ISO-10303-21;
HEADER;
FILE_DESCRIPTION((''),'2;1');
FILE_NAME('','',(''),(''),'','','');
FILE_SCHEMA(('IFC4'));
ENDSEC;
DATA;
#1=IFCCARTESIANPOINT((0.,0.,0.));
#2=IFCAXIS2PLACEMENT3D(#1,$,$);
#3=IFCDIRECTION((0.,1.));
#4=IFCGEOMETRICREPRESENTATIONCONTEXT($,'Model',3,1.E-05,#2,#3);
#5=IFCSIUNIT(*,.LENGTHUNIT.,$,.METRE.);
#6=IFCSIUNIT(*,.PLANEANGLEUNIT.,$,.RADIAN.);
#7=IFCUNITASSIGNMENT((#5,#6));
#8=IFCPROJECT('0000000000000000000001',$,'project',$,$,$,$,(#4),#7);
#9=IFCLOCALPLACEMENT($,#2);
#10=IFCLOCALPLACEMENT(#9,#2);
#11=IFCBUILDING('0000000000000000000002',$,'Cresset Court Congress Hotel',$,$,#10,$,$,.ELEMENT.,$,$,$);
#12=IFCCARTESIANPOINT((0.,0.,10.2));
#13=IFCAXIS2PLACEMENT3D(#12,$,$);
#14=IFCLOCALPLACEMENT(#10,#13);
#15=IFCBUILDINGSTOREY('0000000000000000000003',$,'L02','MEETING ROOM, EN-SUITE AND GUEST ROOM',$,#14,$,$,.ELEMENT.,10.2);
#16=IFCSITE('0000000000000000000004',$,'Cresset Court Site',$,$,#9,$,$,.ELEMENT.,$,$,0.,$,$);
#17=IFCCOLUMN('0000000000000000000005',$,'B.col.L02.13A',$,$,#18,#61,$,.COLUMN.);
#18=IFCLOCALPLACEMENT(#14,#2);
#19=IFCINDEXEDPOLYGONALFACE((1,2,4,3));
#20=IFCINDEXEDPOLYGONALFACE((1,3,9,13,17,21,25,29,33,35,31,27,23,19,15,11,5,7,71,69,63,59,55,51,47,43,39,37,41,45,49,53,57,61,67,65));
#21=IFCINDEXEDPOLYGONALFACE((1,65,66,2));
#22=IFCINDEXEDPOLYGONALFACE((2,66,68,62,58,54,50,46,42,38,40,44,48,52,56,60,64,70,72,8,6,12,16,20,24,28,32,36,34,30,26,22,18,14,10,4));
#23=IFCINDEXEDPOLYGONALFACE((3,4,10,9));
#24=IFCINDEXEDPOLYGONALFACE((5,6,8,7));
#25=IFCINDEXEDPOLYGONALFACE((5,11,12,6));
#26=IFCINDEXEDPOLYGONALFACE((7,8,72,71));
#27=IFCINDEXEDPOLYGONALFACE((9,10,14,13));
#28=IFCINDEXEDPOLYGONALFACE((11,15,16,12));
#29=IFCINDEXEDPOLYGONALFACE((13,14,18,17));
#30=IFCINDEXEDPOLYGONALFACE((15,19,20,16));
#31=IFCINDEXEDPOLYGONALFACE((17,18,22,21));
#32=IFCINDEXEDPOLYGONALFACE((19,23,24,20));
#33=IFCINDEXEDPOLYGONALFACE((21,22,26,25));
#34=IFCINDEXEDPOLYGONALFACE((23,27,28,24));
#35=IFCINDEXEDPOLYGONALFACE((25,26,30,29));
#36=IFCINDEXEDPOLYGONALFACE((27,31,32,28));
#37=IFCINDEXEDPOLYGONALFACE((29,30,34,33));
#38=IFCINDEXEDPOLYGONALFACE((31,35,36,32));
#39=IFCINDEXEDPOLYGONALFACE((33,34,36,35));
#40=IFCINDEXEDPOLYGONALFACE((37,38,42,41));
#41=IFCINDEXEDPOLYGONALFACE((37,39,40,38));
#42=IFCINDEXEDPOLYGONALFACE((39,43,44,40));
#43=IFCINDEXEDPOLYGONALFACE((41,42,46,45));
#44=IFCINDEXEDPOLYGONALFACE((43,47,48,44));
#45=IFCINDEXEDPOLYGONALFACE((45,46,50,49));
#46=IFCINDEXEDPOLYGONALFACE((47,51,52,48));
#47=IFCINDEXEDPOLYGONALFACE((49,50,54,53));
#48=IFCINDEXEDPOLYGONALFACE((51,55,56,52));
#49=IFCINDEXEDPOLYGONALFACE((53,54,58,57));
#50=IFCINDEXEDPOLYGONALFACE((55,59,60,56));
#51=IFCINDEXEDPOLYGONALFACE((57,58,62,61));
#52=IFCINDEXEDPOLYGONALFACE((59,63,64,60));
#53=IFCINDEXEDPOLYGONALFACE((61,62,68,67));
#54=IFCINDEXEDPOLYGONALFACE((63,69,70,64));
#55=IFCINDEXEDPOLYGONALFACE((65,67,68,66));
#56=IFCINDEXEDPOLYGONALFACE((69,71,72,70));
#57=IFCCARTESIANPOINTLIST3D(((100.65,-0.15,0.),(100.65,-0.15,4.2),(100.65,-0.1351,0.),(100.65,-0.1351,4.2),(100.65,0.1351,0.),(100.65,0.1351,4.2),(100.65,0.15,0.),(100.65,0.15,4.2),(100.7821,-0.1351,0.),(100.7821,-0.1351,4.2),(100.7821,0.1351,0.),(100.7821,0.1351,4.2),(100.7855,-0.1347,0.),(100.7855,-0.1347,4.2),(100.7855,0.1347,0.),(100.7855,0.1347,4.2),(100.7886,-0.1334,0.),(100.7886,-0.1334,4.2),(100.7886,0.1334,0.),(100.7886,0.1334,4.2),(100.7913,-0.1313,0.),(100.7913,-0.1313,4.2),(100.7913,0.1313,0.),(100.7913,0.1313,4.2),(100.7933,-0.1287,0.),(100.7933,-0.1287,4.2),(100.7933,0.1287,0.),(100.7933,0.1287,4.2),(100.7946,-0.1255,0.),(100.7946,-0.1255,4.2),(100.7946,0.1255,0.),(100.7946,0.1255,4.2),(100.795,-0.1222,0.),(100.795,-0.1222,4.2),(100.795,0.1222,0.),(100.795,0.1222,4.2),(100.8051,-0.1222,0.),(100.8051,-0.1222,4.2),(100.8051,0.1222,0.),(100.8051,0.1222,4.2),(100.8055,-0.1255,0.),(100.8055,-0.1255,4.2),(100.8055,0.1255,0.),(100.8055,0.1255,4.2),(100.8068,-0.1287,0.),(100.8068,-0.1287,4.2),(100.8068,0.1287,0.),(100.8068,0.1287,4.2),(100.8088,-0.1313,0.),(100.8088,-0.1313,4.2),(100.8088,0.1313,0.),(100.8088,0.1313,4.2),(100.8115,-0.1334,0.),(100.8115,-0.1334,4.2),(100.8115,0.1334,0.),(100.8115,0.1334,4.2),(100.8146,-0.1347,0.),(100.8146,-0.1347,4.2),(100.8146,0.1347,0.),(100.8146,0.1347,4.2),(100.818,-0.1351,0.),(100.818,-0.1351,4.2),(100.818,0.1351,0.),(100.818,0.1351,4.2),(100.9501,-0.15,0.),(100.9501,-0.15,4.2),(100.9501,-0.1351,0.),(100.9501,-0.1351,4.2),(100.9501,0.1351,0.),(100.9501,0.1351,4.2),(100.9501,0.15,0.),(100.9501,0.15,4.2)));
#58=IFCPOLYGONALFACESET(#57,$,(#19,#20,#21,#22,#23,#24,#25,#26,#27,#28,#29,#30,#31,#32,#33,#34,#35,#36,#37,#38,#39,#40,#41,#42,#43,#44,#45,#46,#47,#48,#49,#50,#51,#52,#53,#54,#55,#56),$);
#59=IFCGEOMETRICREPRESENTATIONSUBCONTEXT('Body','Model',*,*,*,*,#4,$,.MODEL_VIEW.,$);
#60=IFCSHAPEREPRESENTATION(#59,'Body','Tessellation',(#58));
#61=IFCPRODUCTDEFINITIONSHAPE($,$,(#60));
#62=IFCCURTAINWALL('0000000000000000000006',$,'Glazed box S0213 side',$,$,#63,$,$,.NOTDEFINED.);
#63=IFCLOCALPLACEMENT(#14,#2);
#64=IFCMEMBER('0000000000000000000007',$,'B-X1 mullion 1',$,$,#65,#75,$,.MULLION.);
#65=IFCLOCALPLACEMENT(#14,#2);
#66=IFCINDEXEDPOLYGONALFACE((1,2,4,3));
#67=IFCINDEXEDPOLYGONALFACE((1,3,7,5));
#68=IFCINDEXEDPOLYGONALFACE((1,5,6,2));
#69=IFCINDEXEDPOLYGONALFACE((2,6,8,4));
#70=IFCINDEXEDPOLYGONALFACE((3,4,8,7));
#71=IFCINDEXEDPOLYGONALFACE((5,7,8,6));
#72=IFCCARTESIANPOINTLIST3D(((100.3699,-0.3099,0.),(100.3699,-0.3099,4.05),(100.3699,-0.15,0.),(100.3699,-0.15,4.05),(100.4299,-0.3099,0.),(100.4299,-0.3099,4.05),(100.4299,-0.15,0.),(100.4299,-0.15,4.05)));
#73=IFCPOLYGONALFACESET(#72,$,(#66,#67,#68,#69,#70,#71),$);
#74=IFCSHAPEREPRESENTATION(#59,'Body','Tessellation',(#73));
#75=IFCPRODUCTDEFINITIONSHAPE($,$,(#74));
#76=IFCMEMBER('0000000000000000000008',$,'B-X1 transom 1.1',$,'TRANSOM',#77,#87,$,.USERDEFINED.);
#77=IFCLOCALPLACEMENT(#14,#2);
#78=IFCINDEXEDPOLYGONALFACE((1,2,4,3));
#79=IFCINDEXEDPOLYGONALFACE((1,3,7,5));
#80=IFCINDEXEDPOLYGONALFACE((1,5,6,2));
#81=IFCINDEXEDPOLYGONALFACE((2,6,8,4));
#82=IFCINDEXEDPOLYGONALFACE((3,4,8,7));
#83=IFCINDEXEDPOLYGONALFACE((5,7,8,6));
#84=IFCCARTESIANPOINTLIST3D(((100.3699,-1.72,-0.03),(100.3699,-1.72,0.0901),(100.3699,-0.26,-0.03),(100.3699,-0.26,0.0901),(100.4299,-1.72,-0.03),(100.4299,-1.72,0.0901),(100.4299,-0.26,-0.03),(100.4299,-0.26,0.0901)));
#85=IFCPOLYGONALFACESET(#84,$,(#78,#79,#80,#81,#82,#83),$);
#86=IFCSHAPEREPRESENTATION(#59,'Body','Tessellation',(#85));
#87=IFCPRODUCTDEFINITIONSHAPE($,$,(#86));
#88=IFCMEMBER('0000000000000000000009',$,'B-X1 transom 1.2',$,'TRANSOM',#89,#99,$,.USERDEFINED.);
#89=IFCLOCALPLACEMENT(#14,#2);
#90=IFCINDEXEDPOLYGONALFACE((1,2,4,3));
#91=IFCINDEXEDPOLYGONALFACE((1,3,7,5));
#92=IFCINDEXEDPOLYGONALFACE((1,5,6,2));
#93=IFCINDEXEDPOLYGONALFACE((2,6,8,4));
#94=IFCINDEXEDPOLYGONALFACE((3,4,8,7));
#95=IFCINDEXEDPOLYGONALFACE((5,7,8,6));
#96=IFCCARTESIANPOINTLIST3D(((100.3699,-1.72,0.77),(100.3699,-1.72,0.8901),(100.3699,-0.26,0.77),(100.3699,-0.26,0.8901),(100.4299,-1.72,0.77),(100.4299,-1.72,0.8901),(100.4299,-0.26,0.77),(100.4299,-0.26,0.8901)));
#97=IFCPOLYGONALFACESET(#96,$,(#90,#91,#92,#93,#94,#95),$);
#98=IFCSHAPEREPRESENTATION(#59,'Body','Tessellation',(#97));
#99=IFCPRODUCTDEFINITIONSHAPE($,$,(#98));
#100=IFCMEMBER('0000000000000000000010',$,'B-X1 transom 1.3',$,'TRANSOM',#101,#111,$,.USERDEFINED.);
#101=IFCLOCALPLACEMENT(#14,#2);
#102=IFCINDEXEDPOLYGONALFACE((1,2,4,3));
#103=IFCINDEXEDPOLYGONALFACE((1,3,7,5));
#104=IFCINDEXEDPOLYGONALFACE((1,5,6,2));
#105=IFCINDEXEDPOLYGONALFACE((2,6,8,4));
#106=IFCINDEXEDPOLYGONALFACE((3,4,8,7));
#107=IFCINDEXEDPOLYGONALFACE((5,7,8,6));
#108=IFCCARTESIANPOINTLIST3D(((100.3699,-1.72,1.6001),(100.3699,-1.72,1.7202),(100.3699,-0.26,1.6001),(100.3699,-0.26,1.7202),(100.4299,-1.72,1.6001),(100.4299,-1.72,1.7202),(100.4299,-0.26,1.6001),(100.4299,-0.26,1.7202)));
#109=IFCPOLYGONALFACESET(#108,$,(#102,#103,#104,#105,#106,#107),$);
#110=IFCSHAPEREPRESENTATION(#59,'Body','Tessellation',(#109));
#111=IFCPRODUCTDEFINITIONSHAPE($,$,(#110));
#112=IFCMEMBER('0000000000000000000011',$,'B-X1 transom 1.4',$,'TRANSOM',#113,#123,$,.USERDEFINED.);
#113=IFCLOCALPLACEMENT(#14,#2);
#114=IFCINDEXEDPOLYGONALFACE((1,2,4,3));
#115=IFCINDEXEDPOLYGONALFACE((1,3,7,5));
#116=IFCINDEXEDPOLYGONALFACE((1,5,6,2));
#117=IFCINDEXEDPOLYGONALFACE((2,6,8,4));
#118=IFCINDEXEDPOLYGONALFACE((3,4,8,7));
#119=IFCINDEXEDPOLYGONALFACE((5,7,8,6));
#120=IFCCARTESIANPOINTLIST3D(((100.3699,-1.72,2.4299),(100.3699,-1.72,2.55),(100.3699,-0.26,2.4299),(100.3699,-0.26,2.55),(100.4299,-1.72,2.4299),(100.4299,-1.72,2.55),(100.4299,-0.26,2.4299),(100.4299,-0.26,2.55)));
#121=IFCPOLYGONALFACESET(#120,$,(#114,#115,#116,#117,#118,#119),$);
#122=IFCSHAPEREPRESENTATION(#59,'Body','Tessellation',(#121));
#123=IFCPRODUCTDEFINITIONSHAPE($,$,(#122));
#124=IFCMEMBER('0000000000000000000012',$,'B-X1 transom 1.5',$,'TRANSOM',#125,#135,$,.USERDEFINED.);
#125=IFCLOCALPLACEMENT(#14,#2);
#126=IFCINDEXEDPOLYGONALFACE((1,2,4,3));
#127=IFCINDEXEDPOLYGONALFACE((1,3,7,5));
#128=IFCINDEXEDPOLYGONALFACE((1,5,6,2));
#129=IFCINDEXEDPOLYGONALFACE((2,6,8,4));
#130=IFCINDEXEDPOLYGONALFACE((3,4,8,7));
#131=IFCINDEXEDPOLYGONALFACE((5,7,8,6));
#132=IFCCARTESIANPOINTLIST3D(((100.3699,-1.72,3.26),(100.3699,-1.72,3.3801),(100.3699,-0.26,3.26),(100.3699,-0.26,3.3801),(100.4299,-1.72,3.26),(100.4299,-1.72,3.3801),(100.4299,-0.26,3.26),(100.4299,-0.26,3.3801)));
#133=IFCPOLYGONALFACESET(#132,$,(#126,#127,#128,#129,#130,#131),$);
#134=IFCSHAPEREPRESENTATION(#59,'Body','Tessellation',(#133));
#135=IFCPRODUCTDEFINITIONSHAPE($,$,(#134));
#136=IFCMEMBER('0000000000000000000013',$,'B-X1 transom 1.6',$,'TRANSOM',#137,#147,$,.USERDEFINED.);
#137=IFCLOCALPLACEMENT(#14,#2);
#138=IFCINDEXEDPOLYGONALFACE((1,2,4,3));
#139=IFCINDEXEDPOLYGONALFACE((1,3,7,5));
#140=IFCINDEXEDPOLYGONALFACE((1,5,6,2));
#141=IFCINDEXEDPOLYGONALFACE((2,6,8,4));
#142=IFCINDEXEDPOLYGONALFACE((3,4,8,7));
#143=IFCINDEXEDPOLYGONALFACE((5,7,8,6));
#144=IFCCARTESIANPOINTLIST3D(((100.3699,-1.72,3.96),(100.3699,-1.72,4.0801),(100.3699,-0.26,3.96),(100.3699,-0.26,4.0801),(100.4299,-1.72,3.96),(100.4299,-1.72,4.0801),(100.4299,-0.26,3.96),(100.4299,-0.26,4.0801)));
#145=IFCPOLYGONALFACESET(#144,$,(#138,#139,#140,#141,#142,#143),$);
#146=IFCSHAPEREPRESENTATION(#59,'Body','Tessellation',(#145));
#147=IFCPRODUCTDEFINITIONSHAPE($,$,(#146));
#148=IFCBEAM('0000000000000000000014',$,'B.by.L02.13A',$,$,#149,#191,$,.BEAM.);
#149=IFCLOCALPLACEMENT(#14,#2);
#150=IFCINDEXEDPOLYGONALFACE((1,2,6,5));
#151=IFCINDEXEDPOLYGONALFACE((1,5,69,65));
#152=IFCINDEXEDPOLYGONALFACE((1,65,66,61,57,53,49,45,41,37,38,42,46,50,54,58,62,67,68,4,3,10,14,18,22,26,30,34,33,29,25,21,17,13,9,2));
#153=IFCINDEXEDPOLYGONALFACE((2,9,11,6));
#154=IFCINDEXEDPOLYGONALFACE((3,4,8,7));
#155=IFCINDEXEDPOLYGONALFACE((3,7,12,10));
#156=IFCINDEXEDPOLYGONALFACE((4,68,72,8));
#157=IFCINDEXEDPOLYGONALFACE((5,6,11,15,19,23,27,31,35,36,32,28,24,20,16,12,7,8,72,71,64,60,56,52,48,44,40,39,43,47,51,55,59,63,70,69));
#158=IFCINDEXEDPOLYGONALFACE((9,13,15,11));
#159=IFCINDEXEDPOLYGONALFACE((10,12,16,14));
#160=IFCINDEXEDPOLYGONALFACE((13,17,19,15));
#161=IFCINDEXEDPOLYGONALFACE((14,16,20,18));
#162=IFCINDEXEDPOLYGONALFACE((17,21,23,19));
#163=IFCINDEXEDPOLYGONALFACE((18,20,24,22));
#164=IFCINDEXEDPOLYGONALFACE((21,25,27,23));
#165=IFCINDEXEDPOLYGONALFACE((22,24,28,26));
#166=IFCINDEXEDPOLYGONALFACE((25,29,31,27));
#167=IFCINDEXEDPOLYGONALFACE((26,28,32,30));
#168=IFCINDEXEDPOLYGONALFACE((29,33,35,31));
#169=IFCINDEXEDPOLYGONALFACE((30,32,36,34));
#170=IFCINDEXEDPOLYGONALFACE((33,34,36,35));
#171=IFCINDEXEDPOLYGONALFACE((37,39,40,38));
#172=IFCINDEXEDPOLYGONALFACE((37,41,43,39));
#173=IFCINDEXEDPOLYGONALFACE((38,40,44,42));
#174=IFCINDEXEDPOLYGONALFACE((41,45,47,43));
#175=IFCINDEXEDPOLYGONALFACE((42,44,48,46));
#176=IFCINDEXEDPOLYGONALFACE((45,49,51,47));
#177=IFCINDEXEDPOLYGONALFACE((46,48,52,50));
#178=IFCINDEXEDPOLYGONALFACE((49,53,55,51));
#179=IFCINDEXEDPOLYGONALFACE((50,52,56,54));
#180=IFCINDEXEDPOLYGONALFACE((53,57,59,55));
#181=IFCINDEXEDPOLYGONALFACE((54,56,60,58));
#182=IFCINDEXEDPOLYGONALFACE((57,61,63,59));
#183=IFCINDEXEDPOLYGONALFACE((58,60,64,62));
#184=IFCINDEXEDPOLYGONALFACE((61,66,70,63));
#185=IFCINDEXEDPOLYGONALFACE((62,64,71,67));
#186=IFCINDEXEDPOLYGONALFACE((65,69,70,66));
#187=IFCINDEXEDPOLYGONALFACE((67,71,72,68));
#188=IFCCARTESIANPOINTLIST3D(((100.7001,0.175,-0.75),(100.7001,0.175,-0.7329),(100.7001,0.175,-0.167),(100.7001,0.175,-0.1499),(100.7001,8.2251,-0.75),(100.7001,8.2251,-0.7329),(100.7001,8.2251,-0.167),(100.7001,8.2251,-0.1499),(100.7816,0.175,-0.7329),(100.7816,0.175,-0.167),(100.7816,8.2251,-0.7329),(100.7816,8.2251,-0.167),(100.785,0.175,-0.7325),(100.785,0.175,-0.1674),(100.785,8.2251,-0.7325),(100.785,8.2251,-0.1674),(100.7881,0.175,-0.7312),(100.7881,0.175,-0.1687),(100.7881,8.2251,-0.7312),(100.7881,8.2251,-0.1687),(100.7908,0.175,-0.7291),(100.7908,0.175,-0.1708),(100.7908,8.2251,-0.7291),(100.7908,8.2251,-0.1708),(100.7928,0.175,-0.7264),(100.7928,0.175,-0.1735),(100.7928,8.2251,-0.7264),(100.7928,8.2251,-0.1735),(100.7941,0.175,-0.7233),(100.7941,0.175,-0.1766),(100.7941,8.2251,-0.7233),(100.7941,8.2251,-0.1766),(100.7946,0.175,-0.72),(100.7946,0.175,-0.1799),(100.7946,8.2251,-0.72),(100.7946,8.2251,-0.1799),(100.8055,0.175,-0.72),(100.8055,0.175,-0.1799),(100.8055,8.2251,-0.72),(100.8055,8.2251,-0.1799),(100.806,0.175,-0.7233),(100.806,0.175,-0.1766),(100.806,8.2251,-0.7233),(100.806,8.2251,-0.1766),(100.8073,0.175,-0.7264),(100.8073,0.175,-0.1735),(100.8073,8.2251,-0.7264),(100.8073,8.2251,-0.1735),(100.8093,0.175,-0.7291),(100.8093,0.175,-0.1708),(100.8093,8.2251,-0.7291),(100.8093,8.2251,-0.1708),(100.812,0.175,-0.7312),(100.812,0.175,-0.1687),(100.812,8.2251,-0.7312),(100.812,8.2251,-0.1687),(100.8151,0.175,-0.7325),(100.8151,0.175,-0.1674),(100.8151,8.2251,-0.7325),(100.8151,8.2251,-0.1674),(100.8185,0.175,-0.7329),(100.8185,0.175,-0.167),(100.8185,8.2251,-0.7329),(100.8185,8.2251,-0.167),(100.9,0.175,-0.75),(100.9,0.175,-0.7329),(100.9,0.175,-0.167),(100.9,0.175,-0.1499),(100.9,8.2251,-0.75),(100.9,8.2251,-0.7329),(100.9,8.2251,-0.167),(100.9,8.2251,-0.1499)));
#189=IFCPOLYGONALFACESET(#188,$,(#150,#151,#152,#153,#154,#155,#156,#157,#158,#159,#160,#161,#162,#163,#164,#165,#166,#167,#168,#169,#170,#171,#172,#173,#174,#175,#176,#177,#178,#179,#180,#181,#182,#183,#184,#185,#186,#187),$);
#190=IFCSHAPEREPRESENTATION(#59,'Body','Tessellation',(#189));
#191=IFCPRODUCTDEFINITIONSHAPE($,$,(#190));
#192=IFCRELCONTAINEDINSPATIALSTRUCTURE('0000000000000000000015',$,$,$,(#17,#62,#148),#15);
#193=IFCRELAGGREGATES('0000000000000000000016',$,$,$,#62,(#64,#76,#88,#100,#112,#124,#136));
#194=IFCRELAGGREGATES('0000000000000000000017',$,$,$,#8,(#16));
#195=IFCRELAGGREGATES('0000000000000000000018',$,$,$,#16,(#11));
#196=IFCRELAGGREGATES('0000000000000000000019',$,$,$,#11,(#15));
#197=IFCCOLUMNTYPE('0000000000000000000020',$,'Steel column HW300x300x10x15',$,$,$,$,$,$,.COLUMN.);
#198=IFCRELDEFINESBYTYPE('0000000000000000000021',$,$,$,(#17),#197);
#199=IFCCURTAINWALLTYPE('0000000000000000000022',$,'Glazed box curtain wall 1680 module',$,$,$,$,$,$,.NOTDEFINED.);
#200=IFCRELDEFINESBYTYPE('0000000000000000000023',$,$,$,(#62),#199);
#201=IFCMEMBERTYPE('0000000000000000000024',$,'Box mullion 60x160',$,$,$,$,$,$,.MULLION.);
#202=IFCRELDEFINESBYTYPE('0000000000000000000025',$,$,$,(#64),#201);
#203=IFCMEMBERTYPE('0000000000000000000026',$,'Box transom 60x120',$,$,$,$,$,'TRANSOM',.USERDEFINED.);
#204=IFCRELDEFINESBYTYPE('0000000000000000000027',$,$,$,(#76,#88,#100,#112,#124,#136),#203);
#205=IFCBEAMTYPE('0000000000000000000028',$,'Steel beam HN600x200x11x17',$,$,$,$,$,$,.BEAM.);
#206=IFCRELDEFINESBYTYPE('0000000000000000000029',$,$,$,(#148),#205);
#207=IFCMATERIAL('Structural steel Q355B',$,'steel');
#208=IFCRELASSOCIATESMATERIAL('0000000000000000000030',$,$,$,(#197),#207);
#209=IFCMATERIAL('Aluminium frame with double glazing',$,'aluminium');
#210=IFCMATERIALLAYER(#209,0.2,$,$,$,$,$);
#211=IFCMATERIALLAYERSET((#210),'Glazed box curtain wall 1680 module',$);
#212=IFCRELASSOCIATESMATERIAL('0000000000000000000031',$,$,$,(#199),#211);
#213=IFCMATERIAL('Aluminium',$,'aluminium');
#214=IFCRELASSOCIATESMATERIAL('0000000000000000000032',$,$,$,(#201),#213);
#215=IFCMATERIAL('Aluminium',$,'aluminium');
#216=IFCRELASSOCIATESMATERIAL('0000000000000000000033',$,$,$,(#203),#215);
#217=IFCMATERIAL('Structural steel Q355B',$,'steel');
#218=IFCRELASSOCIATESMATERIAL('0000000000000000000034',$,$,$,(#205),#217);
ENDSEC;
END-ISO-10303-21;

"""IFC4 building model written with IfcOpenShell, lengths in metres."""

from ifc_helpers import new_model, si_unit, direction, frame, origin, origin_2d, place, context, subcontext, project, spatial, rectangle, i_section, extrude, material, layer, layer_set, material_profile, profile_set, type_object, element, aggregate, save


model = new_model("IFC4")

# Units and contexts
model_context = context("Model", 3, precision=1e-05, world=origin(), true_north=direction((0.0, 1.0)))
body_context = subcontext(model_context, "Body", "Model", "MODEL_VIEW")
ifc_project = project(units=[si_unit("LENGTHUNIT", "METRE"), si_unit("PLANEANGLEUNIT", "RADIAN")], contexts=[model_context])

# Site, building, storey
site_placement = place(None, origin())
site = spatial("IfcSite", under=ifc_project, at=site_placement, Name="Cresset Court Site", CompositionType="ELEMENT", RefElevation=0.0)
building_placement = place(site_placement, origin())
building = spatial("IfcBuilding", under=site, at=building_placement, Name="Cresset Court Congress Hotel", CompositionType="ELEMENT")
storey_placement = place(building_placement, frame((0.0, 0.0, 10.2)))
storey = spatial("IfcBuildingStorey", under=building, at=storey_placement, Name="L02", Description="MEETING ROOM, EN-SUITE AND GUEST ROOM", CompositionType="ELEMENT", Elevation=10.2)

# Column
ifc_material_1 = material(Name="Structural steel Q355B", Category="steel")
ifc_material_profile_1 = material_profile(ifc_material_1, i_section(OverallWidth=0.3, OverallDepth=0.3, WebThickness=0.01, FlangeThickness=0.0149, FilletRadius=0.0129, at=origin_2d()), Name="HW300x300x10x15")
ifc_profile_set_1 = profile_set([ifc_material_profile_1], Name="Structural steel Q355B")
column_type = type_object("IfcColumnType", Name="Steel column HW300x300x10x15", PredefinedType="COLUMN", material=ifc_profile_set_1)
column_placement = place(storey_placement, frame((100.8, 0.0, 0.0), z_axis=(0.0, 0.0, 1.0), x_axis=(1.0, 0.0, 0.0)))
element("IfcColumn", 1, at=column_placement, inside=storey, type_object=column_type, Name="B.col.L02.13A", PredefinedType="COLUMN", context=body_context, shape_type="SweptSolid", body=[
    extrude(i_section(OverallWidth=0.3, OverallDepth=0.3, WebThickness=0.01, FlangeThickness=0.0149, FilletRadius=0.0129, at=origin_2d()), origin(), (0.0, 0.0, 1.0), 4.2),
])

# Curtain wall, members
ifc_material_2 = material(Name="Aluminium frame with double glazing", Category="aluminium")
ifc_layer_1 = layer(ifc_material_2, 0.2)
ifc_layer_set_1 = layer_set([ifc_layer_1], Name="Glazed box curtain wall 1680 module")
curtain_wall_type = type_object("IfcCurtainWallType", Name="Glazed box curtain wall 1680 module", PredefinedType="NOTDEFINED", material=ifc_layer_set_1)
curtain_wall_placement = place(storey_placement, origin())
curtain_wall = element("IfcCurtainWall", 2, at=curtain_wall_placement, inside=storey, type_object=curtain_wall_type, Name="Glazed box S0213 side", PredefinedType="NOTDEFINED")
ifc_material_3 = material(Name="Aluminium", Category="aluminium")
ifc_material_profile_2 = material_profile(ifc_material_3, rectangle(XDim=0.0601, YDim=0.1599, at=origin_2d()), Name="Box mullion 60x160")
ifc_profile_set_2 = profile_set([ifc_material_profile_2], Name="Aluminium")
member_type_1 = type_object("IfcMemberType", Name="Box mullion 60x160", PredefinedType="MULLION", material=ifc_profile_set_2)
member_1_placement = place(storey_placement, frame((100.3999, -0.23, 0.0), z_axis=(0.0, 0.0, 1.0), x_axis=(1.0, 0.0, 0.0)))
member_1 = element("IfcMember", 3, at=member_1_placement, type_object=member_type_1, Name="B-X1 mullion 1", PredefinedType="MULLION", context=body_context, shape_type="SweptSolid", body=[
    extrude(rectangle(XDim=0.0601, YDim=0.1599, at=origin_2d()), origin(), (0.0, 0.0, 1.0), 4.05),
])
ifc_material_4 = material(Name="Aluminium", Category="aluminium")
ifc_material_profile_3 = material_profile(ifc_material_4, rectangle(XDim=0.0601, YDim=0.1201, at=origin_2d()), Name="Box transom 60x120")
ifc_profile_set_3 = profile_set([ifc_material_profile_3], Name="Aluminium")
member_type_2 = type_object("IfcMemberType", Name="Box transom 60x120", ElementType="TRANSOM", PredefinedType="USERDEFINED", material=ifc_profile_set_3)
member_2_placement = place(storey_placement, frame((100.3999, -0.26, 0.03), z_axis=(0.0, -1.0, 0.0), x_axis=(1.0, 0.0, 0.0)))
member_2 = element("IfcMember", 4, at=member_2_placement, type_object=member_type_2, Name="B-X1 transom 1.1", ObjectType="TRANSOM", PredefinedType="USERDEFINED", context=body_context, shape_type="SweptSolid", body=[
    extrude(rectangle(XDim=0.0601, YDim=0.1201, at=origin_2d()), origin(), (0.0, 0.0, 1.0), 1.46),
])
member_3_placement = place(storey_placement, frame((100.3999, -0.26, 0.8301), z_axis=(0.0, -1.0, 0.0), x_axis=(1.0, 0.0, 0.0)))
member_3 = element("IfcMember", 5, at=member_3_placement, type_object=member_type_2, Name="B-X1 transom 1.2", ObjectType="TRANSOM", PredefinedType="USERDEFINED", context=body_context, shape_type="SweptSolid", body=[
    extrude(rectangle(XDim=0.0601, YDim=0.1201, at=origin_2d()), origin(), (0.0, 0.0, 1.0), 1.46),
])
member_4_placement = place(storey_placement, frame((100.3999, -0.26, 1.6602), z_axis=(0.0, -1.0, 0.0), x_axis=(1.0, 0.0, 0.0)))
member_4 = element("IfcMember", 6, at=member_4_placement, type_object=member_type_2, Name="B-X1 transom 1.3", ObjectType="TRANSOM", PredefinedType="USERDEFINED", context=body_context, shape_type="SweptSolid", body=[
    extrude(rectangle(XDim=0.0601, YDim=0.1201, at=origin_2d()), origin(), (0.0, 0.0, 1.0), 1.46),
])
member_5_placement = place(storey_placement, frame((100.3999, -0.26, 2.49), z_axis=(0.0, -1.0, 0.0), x_axis=(1.0, 0.0, 0.0)))
member_5 = element("IfcMember", 7, at=member_5_placement, type_object=member_type_2, Name="B-X1 transom 1.4", ObjectType="TRANSOM", PredefinedType="USERDEFINED", context=body_context, shape_type="SweptSolid", body=[
    extrude(rectangle(XDim=0.0601, YDim=0.1201, at=origin_2d()), origin(), (0.0, 0.0, 1.0), 1.46),
])
member_6_placement = place(storey_placement, frame((100.3999, -0.26, 3.3201), z_axis=(0.0, -1.0, 0.0), x_axis=(1.0, 0.0, 0.0)))
member_6 = element("IfcMember", 8, at=member_6_placement, type_object=member_type_2, Name="B-X1 transom 1.5", ObjectType="TRANSOM", PredefinedType="USERDEFINED", context=body_context, shape_type="SweptSolid", body=[
    extrude(rectangle(XDim=0.0601, YDim=0.1201, at=origin_2d()), origin(), (0.0, 0.0, 1.0), 1.46),
])
member_7_placement = place(storey_placement, frame((100.3999, -0.26, 4.02), z_axis=(0.0, -1.0, 0.0), x_axis=(1.0, 0.0, 0.0)))
member_7 = element("IfcMember", 9, at=member_7_placement, type_object=member_type_2, Name="B-X1 transom 1.6", ObjectType="TRANSOM", PredefinedType="USERDEFINED", context=body_context, shape_type="SweptSolid", body=[
    extrude(rectangle(XDim=0.0601, YDim=0.1201, at=origin_2d()), origin(), (0.0, 0.0, 1.0), 1.46),
])
aggregate(curtain_wall, [member_1, member_2, member_3, member_4, member_5, member_6, member_7])

# Beam
ifc_material_5 = material(Name="Structural steel Q355B", Category="steel")
ifc_material_profile_4 = material_profile(ifc_material_5, i_section(OverallWidth=0.2, OverallDepth=0.6001, WebThickness=0.011, FlangeThickness=0.0171, FilletRadius=0.0129, at=origin_2d()), Name="HN600x200x11x17")
ifc_profile_set_4 = profile_set([ifc_material_profile_4], Name="Structural steel Q355B")
beam_type_1 = type_object("IfcBeamType", Name="Steel beam HN600x200x11x17", PredefinedType="BEAM", material=ifc_profile_set_4)
beam_1_placement = place(storey_placement, frame((100.8, 0.175, -0.45), z_axis=(0.0, 1.0, 0.0), x_axis=(-1.0, 0.0, 0.0)))
element("IfcBeam", 10, at=beam_1_placement, inside=storey, type_object=beam_type_1, Name="B.by.L02.13A", PredefinedType="BEAM", context=body_context, shape_type="SweptSolid", body=[
    extrude(i_section(OverallWidth=0.2, OverallDepth=0.6001, WebThickness=0.011, FlangeThickness=0.0171, FilletRadius=0.0129, at=origin_2d()), origin(), (0.0, 0.0, 1.0), 8.05),
])

save(model, "model.ifc")
